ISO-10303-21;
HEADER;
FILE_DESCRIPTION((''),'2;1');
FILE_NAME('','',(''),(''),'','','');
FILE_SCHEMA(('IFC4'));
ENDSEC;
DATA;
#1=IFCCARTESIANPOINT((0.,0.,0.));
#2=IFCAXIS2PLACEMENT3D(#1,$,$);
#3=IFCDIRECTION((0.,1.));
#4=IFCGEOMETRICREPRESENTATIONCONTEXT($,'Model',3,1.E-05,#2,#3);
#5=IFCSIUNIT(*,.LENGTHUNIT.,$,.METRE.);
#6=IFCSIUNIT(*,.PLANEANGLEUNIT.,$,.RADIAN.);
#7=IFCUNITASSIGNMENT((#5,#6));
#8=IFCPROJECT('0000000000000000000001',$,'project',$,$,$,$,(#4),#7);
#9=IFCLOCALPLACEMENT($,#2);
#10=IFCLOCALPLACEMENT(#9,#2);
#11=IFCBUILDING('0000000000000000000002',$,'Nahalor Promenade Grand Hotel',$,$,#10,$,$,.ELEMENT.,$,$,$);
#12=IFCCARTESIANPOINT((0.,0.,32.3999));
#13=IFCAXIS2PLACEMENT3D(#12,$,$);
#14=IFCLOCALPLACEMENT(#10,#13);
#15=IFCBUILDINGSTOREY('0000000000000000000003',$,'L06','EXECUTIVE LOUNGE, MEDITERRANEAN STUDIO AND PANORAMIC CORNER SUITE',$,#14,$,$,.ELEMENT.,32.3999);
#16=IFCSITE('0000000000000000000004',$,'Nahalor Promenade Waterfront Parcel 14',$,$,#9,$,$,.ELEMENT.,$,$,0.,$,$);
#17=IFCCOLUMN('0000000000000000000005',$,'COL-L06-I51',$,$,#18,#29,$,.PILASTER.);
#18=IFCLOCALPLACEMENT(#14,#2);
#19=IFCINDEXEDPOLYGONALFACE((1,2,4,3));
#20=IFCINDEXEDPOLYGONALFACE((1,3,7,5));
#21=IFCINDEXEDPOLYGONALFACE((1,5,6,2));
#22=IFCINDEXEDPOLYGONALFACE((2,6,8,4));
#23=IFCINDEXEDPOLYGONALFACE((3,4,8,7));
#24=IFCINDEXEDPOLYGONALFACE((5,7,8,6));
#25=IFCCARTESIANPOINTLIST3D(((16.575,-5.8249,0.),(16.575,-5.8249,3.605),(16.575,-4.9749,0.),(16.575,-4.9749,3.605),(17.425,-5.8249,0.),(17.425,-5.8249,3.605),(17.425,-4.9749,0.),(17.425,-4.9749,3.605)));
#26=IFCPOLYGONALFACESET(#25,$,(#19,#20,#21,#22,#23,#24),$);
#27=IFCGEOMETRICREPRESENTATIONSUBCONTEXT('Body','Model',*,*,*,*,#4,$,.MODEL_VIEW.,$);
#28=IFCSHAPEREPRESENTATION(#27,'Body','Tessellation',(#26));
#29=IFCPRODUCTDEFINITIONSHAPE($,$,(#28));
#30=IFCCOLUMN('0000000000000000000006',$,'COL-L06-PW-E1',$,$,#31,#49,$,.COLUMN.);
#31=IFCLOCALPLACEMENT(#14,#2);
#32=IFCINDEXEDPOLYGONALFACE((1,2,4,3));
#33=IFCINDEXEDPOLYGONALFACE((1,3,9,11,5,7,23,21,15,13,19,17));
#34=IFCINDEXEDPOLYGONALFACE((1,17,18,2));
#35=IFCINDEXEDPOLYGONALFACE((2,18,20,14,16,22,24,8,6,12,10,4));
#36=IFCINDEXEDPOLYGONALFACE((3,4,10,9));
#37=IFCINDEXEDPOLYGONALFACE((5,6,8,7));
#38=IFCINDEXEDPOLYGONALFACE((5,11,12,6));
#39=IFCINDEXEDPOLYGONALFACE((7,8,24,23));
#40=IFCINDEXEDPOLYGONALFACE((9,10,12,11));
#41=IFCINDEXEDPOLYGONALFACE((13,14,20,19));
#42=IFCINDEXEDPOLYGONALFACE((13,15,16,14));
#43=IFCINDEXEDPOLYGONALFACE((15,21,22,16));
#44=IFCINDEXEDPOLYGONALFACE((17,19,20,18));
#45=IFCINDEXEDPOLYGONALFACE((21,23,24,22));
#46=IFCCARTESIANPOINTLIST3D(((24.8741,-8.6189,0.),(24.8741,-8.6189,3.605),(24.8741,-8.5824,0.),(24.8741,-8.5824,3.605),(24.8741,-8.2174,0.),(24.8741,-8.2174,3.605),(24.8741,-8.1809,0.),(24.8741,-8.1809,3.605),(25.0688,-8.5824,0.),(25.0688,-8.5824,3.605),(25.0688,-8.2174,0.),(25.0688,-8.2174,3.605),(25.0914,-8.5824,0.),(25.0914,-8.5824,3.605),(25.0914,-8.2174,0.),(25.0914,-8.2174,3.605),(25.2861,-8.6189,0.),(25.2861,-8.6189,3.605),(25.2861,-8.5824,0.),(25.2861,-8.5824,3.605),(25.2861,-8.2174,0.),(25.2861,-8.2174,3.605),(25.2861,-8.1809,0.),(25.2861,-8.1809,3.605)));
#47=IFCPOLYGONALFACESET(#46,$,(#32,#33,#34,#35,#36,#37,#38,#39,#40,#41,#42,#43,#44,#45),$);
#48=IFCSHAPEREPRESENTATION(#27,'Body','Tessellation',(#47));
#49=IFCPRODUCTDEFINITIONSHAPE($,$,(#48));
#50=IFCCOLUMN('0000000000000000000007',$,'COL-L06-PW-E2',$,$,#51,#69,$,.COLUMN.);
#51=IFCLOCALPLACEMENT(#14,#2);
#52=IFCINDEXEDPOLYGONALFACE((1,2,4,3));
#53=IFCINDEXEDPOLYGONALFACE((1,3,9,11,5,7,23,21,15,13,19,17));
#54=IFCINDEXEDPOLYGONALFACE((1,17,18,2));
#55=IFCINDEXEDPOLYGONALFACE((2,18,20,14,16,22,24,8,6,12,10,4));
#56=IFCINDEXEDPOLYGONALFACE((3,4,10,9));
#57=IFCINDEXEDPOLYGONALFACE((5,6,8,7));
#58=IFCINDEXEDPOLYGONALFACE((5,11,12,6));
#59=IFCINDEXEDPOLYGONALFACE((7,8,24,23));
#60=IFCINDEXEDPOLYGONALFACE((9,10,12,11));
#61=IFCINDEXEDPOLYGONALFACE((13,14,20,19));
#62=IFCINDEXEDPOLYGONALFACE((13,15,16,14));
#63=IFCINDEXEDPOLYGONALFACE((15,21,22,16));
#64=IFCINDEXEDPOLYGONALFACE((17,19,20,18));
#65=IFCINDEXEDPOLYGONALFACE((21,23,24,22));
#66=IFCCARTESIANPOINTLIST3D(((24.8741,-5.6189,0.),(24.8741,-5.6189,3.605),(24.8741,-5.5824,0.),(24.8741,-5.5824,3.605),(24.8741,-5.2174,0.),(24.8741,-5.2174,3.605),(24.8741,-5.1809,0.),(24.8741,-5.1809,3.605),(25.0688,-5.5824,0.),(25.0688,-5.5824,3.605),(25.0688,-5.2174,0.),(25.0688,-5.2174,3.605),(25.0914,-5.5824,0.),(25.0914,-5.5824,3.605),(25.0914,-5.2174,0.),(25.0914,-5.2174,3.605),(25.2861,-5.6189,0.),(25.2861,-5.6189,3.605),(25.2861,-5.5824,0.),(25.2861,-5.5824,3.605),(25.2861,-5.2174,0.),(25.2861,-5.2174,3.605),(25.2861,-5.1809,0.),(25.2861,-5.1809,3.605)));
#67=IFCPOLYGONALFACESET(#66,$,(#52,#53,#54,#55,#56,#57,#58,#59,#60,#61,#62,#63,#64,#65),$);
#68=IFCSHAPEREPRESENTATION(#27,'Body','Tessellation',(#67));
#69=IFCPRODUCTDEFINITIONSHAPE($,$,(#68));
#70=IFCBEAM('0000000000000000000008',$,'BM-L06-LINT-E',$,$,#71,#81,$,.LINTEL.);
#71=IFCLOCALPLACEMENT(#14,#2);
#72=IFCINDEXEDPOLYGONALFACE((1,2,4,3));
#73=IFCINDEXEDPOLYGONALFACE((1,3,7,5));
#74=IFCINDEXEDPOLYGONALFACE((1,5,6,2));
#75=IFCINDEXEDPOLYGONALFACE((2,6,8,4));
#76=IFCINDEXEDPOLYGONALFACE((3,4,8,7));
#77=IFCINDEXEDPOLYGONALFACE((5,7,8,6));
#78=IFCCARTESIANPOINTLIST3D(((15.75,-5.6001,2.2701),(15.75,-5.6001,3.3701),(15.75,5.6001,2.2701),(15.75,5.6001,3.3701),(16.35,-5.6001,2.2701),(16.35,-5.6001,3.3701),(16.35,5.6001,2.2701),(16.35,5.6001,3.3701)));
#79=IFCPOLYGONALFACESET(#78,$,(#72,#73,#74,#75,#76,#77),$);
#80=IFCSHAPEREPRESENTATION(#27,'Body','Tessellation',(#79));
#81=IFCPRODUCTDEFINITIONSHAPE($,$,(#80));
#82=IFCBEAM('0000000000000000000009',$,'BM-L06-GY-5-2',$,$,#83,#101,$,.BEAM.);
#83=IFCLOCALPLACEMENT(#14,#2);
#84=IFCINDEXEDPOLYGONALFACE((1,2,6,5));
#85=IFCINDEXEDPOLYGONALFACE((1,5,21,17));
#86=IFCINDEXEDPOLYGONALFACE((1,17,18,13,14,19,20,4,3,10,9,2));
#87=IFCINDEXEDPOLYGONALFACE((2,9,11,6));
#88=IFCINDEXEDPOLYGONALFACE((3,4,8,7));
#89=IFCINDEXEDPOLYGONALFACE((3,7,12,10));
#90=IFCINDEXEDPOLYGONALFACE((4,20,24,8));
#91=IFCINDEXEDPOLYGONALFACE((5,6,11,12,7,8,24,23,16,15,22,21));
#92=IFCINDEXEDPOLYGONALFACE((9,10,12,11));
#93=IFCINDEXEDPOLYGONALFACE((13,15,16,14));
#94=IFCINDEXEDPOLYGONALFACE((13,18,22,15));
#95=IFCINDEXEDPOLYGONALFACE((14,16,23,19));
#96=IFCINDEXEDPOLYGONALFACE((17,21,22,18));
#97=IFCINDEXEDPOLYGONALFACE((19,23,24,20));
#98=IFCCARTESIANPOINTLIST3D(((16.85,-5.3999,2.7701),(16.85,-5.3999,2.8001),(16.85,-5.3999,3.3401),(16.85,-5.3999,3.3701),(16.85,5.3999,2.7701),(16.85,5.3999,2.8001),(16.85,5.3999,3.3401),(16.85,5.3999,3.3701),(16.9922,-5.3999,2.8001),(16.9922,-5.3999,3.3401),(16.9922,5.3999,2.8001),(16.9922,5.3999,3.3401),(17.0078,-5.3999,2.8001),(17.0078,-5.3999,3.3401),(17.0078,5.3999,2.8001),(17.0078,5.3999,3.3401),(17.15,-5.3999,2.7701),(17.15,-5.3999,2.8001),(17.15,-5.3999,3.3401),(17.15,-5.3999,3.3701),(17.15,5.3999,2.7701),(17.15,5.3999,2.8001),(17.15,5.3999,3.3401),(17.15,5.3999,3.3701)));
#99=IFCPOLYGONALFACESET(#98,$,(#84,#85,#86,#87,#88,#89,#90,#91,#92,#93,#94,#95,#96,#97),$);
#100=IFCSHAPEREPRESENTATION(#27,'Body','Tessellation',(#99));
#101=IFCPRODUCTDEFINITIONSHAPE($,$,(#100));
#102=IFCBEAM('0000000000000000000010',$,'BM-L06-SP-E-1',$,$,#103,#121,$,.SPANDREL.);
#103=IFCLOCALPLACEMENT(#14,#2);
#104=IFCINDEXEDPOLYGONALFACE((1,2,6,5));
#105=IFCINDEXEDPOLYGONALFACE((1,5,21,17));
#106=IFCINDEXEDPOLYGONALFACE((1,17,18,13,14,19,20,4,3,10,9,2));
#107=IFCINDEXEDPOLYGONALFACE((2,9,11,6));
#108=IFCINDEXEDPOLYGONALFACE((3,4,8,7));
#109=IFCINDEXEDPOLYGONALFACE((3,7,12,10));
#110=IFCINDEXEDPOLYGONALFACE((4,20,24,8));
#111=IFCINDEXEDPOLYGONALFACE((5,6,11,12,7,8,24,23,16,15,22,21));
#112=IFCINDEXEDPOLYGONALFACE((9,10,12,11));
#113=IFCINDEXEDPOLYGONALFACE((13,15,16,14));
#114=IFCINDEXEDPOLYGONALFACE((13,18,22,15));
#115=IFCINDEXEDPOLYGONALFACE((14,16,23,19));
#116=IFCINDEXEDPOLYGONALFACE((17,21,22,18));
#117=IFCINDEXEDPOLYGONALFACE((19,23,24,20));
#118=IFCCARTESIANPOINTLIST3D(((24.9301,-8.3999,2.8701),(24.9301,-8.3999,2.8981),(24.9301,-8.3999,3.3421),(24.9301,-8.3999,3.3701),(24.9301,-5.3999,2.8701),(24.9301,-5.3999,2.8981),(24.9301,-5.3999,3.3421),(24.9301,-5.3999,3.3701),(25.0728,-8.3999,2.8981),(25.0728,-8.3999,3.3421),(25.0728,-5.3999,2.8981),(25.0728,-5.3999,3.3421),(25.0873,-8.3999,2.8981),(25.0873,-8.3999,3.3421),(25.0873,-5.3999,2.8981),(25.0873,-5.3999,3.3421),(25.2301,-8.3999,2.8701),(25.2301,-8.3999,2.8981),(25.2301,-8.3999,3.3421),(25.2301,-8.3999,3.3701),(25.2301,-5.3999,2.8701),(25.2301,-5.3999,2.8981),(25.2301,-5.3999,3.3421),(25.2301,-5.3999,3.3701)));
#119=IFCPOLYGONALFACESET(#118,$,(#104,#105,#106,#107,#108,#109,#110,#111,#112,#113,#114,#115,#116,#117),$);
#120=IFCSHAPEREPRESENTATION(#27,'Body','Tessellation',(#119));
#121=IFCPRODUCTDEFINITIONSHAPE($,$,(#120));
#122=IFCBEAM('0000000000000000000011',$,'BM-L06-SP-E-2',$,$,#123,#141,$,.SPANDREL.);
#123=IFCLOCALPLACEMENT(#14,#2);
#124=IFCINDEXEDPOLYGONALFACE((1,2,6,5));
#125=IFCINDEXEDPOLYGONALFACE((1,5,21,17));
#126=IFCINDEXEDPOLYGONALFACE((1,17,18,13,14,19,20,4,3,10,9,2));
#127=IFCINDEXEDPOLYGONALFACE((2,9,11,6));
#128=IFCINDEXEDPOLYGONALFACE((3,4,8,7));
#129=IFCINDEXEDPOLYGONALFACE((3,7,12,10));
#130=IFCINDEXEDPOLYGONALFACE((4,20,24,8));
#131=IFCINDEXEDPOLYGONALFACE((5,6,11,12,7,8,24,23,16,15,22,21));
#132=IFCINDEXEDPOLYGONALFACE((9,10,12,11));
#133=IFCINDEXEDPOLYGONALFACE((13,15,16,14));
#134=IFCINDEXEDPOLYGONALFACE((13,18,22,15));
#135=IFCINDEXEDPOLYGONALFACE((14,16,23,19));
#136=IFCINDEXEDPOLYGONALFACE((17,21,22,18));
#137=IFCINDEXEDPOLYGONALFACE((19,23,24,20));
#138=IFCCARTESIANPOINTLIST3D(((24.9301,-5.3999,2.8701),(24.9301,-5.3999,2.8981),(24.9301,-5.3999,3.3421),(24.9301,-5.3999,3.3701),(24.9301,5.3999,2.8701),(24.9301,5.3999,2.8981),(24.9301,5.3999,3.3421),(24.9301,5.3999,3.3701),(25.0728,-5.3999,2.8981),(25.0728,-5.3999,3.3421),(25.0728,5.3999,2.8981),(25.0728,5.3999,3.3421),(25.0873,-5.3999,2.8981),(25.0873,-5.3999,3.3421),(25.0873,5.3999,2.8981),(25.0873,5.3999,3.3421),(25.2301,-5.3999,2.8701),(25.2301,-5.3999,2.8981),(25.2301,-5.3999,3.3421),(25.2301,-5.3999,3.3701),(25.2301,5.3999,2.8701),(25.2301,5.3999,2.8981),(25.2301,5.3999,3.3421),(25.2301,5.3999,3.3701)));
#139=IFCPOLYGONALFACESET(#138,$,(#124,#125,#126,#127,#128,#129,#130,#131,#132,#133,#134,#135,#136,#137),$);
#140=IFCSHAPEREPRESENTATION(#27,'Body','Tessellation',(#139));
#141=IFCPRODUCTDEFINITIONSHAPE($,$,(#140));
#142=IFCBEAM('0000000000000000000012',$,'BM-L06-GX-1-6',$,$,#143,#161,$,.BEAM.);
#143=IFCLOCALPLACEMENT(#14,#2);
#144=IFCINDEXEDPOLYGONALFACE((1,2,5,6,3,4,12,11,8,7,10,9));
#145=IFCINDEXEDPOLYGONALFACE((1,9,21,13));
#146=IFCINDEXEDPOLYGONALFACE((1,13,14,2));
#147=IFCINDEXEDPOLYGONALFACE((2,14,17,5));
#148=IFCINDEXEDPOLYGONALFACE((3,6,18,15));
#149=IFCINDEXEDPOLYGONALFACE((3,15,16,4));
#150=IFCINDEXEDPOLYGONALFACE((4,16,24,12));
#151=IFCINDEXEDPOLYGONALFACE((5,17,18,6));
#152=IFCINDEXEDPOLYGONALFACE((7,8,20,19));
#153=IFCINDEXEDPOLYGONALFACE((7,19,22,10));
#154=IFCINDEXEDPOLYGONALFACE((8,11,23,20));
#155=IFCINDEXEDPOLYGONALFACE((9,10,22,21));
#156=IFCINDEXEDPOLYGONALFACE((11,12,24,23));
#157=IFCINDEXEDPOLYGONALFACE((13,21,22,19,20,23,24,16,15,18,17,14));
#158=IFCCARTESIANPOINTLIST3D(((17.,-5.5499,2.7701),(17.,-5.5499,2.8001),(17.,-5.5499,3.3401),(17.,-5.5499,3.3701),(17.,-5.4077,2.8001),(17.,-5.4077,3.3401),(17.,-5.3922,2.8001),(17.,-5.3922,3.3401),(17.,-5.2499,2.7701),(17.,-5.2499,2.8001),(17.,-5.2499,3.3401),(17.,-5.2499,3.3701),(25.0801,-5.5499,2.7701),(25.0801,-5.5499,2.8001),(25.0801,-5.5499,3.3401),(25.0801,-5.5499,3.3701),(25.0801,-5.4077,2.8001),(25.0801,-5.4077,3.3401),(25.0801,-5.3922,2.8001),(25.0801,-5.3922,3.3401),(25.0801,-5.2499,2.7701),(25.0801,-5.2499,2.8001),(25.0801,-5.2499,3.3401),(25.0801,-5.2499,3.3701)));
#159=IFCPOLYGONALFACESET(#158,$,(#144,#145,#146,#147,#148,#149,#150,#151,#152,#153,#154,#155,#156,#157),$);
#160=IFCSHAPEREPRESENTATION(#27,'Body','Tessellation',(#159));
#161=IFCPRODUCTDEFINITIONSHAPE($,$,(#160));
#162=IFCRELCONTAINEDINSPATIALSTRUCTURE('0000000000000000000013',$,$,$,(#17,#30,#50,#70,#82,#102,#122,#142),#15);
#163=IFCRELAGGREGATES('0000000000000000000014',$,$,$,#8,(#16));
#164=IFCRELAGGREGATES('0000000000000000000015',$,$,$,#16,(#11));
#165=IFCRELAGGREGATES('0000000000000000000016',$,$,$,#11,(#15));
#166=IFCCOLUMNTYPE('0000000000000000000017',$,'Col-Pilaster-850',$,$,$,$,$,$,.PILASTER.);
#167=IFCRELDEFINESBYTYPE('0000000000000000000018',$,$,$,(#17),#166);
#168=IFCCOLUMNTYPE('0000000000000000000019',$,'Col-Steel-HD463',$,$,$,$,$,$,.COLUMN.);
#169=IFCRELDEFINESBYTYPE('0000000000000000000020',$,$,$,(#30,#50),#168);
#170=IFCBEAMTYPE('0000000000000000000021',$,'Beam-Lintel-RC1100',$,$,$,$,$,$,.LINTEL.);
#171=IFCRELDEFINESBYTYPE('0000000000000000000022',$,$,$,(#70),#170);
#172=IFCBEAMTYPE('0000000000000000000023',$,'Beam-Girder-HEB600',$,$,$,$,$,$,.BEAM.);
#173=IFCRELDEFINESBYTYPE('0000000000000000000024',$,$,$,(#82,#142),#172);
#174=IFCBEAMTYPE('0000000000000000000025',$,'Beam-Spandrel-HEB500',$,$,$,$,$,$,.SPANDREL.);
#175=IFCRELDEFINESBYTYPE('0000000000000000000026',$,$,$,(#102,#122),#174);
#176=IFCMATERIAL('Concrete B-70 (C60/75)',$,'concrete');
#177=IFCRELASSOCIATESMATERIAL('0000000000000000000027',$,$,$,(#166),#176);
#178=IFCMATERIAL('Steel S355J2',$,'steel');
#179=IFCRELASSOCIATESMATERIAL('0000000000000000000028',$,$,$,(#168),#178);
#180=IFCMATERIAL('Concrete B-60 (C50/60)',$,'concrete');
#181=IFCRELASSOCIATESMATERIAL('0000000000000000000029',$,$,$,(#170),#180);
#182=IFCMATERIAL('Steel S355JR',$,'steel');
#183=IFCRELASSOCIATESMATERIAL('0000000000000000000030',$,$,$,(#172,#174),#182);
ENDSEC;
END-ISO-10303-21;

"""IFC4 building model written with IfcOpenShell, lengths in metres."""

from ifc_helpers import new_model, si_unit, direction, frame, origin, origin_2d, place, context, subcontext, project, spatial, rectangle, i_section, extrude, source, transform, mapped, material, material_profile, profile_set, type_object, element, save


model = new_model("IFC4")

# Units and contexts
model_context = context("Model", 3, precision=1e-05, world=origin(), true_north=direction((0.0, 1.0)))
body_context = subcontext(model_context, "Body", "Model", "MODEL_VIEW")
ifc_project = project(units=[si_unit("LENGTHUNIT", "METRE"), si_unit("PLANEANGLEUNIT", "RADIAN")], contexts=[model_context])

# Site, building, storey
site_placement = place(None, origin())
site = spatial("IfcSite", under=ifc_project, at=site_placement, Name="Nahalor Promenade Waterfront Parcel 14", CompositionType="ELEMENT", RefElevation=0.0)
building_placement = place(site_placement, origin())
building = spatial("IfcBuilding", under=site, at=building_placement, Name="Nahalor Promenade Grand Hotel", CompositionType="ELEMENT")
storey_placement = place(building_placement, frame((0.0, 0.0, 32.3999)))
storey = spatial("IfcBuildingStorey", under=building, at=storey_placement, Name="L06", Description="EXECUTIVE LOUNGE, MEDITERRANEAN STUDIO AND PANORAMIC CORNER SUITE", CompositionType="ELEMENT", Elevation=32.3999)

# Columns
ifc_material_1 = material(Name="Concrete B-70 (C60/75)", Category="concrete")
ifc_material_profile_1 = material_profile(ifc_material_1, rectangle(XDim=0.85, YDim=0.85, at=origin_2d()), Name="RC 850x850")
ifc_profile_set_1 = profile_set([ifc_material_profile_1], Name="Concrete B-70 (C60/75)")
column_type_1 = type_object("IfcColumnType", Name="Col-Pilaster-850", PredefinedType="PILASTER", material=ifc_profile_set_1)
shared_shape_1 = source(origin(), body_context, "Body", "SweptSolid", [
    extrude(rectangle(XDim=0.85, YDim=0.85, at=origin_2d()), origin(), (0.0, 0.0, 1.0), 3.605),
])
column_placement = place(storey_placement, frame((17.0, -5.3999, 0.0), z_axis=(0.0, 0.0, 1.0), x_axis=(1.0, 0.0, 0.0)))
element("IfcColumn", 1, at=column_placement, inside=storey, type_object=column_type_1, Name="COL-L06-I51", PredefinedType="PILASTER", context=body_context, shape_type="MappedRepresentation", body=[
    mapped(shared_shape_1, transform((0.0, 0.0, 0.0), scale=1.0)),
])
ifc_material_2 = material(Name="Steel S355J2", Category="steel")
ifc_material_profile_2 = material_profile(ifc_material_2, i_section(OverallWidth=0.412, OverallDepth=0.438, WebThickness=0.0226, FlangeThickness=0.0365, at=origin_2d()), Name="HD 400x463")
ifc_profile_set_2 = profile_set([ifc_material_profile_2], Name="Steel S355J2")
column_type_2 = type_object("IfcColumnType", Name="Col-Steel-HD463", PredefinedType="COLUMN", material=ifc_profile_set_2)
shared_shape_2 = source(origin(), body_context, "Body", "SweptSolid", [
    extrude(i_section(OverallWidth=0.412, OverallDepth=0.438, WebThickness=0.0226, FlangeThickness=0.0365, at=origin_2d()), origin(), (0.0, 0.0, 1.0), 3.605),
])
for number, where, z_axis, x_axis, name in (
    (2, (25.0801, -8.3999, 0.0), (0.0, 0.0, 1.0), (1.0, 0.0, 0.0), "COL-L06-PW-E1"),
    (3, (25.0801, -5.3999, 0.0), (0.0, 0.0, 1.0), (1.0, 0.0, 0.0), "COL-L06-PW-E2"),
):
    element("IfcColumn", number, at=place(storey_placement, frame(where, z_axis=z_axis, x_axis=x_axis)), inside=storey, type_object=column_type_2, Name=name, PredefinedType="COLUMN", context=body_context, shape_type="MappedRepresentation", body=[
        mapped(shared_shape_2, transform((0.0, 0.0, 0.0), scale=1.0)),
    ])

# Beams
ifc_material_3 = material(Name="Concrete B-60 (C50/60)", Category="concrete")
ifc_material_profile_3 = material_profile(ifc_material_3, rectangle(XDim=0.6, YDim=1.1, at=origin_2d()), Name="RC 600x1100")
ifc_profile_set_3 = profile_set([ifc_material_profile_3], Name="Concrete B-60 (C50/60)")
beam_type_1 = type_object("IfcBeamType", Name="Beam-Lintel-RC1100", PredefinedType="LINTEL", material=ifc_profile_set_3)
shared_shape_3 = source(origin(), body_context, "Body", "SweptSolid", [
    extrude(rectangle(XDim=0.6, YDim=1.1, at=origin_2d()), origin(), (0.0, 0.0, 1.0), 11.2002),
])
beam_1_placement = place(storey_placement, frame((16.05, -5.6001, 2.8201), z_axis=(0.0, 1.0, 0.0), x_axis=(-1.0, 0.0, 0.0)))
element("IfcBeam", 4, at=beam_1_placement, inside=storey, type_object=beam_type_1, Name="BM-L06-LINT-E", PredefinedType="LINTEL", context=body_context, shape_type="MappedRepresentation", body=[
    mapped(shared_shape_3, transform((0.0, 0.0, 0.0), scale=1.0)),
])
ifc_material_4 = material(Name="Steel S355JR", Category="steel")
ifc_material_profile_4 = material_profile(ifc_material_4, i_section(OverallWidth=0.3, OverallDepth=0.6, WebThickness=0.0155, FlangeThickness=0.03, at=origin_2d()), Name="HEB 600")
ifc_profile_set_4 = profile_set([ifc_material_profile_4], Name="Steel S355JR")
beam_type_2 = type_object("IfcBeamType", Name="Beam-Girder-HEB600", PredefinedType="BEAM", material=ifc_profile_set_4)
shared_shape_4 = source(origin(), body_context, "Body", "SweptSolid", [
    extrude(i_section(OverallWidth=0.3, OverallDepth=0.6, WebThickness=0.0155, FlangeThickness=0.03, at=origin_2d()), origin(), (0.0, 0.0, 1.0), 10.7998),
])
beam_2_placement = place(storey_placement, frame((17.0, -5.3999, 3.0701), z_axis=(0.0, 1.0, 0.0), x_axis=(-1.0, 0.0, 0.0)))
element("IfcBeam", 5, at=beam_2_placement, inside=storey, type_object=beam_type_2, Name="BM-L06-GY-5-2", PredefinedType="BEAM", context=body_context, shape_type="MappedRepresentation", body=[
    mapped(shared_shape_4, transform((0.0, 0.0, 0.0), scale=1.0)),
])
ifc_material_profile_5 = material_profile(ifc_material_4, i_section(OverallWidth=0.3, OverallDepth=0.5, WebThickness=0.0145, FlangeThickness=0.028, at=origin_2d()), Name="HEB 500")
ifc_profile_set_5 = profile_set([ifc_material_profile_5], Name="Steel S355JR")
beam_type_3 = type_object("IfcBeamType", Name="Beam-Spandrel-HEB500", PredefinedType="SPANDREL", material=ifc_profile_set_5)
shared_shape_5 = source(origin(), body_context, "Body", "SweptSolid", [
    extrude(i_section(OverallWidth=0.3, OverallDepth=0.5, WebThickness=0.0145, FlangeThickness=0.028, at=origin_2d()), origin(), (0.0, 0.0, 1.0), 3.0),
])
beam_3_placement = place(storey_placement, frame((25.0801, -8.3999, 3.1201), z_axis=(0.0, 1.0, 0.0), x_axis=(-1.0, 0.0, 0.0)))
element("IfcBeam", 6, at=beam_3_placement, inside=storey, type_object=beam_type_3, Name="BM-L06-SP-E-1", PredefinedType="SPANDREL", context=body_context, shape_type="MappedRepresentation", body=[
    mapped(shared_shape_5, transform((0.0, 0.0, 0.0), scale=1.0)),
])
shared_shape_6 = source(origin(), body_context, "Body", "SweptSolid", [
    extrude(i_section(OverallWidth=0.3, OverallDepth=0.5, WebThickness=0.0145, FlangeThickness=0.028, at=origin_2d()), origin(), (0.0, 0.0, 1.0), 10.7998),
])
beam_4_placement = place(storey_placement, frame((25.0801, -5.3999, 3.1201), z_axis=(0.0, 1.0, 0.0), x_axis=(-1.0, 0.0, 0.0)))
element("IfcBeam", 7, at=beam_4_placement, inside=storey, type_object=beam_type_3, Name="BM-L06-SP-E-2", PredefinedType="SPANDREL", context=body_context, shape_type="MappedRepresentation", body=[
    mapped(shared_shape_6, transform((0.0, 0.0, 0.0), scale=1.0)),
])
shared_shape_7 = source(origin(), body_context, "Body", "SweptSolid", [
    extrude(i_section(OverallWidth=0.3, OverallDepth=0.6, WebThickness=0.0155, FlangeThickness=0.03, at=origin_2d()), origin(), (0.0, 0.0, 1.0), 8.0801),
])
beam_5_placement = place(storey_placement, frame((17.0, -5.3999, 3.0701), z_axis=(1.0, 0.0, 0.0), x_axis=(0.0, 1.0, 0.0)))
element("IfcBeam", 8, at=beam_5_placement, inside=storey, type_object=beam_type_2, Name="BM-L06-GX-1-6", PredefinedType="BEAM", context=body_context, shape_type="MappedRepresentation", body=[
    mapped(shared_shape_7, transform((0.0, 0.0, 0.0), scale=1.0)),
])

save(model, "model.ifc")
